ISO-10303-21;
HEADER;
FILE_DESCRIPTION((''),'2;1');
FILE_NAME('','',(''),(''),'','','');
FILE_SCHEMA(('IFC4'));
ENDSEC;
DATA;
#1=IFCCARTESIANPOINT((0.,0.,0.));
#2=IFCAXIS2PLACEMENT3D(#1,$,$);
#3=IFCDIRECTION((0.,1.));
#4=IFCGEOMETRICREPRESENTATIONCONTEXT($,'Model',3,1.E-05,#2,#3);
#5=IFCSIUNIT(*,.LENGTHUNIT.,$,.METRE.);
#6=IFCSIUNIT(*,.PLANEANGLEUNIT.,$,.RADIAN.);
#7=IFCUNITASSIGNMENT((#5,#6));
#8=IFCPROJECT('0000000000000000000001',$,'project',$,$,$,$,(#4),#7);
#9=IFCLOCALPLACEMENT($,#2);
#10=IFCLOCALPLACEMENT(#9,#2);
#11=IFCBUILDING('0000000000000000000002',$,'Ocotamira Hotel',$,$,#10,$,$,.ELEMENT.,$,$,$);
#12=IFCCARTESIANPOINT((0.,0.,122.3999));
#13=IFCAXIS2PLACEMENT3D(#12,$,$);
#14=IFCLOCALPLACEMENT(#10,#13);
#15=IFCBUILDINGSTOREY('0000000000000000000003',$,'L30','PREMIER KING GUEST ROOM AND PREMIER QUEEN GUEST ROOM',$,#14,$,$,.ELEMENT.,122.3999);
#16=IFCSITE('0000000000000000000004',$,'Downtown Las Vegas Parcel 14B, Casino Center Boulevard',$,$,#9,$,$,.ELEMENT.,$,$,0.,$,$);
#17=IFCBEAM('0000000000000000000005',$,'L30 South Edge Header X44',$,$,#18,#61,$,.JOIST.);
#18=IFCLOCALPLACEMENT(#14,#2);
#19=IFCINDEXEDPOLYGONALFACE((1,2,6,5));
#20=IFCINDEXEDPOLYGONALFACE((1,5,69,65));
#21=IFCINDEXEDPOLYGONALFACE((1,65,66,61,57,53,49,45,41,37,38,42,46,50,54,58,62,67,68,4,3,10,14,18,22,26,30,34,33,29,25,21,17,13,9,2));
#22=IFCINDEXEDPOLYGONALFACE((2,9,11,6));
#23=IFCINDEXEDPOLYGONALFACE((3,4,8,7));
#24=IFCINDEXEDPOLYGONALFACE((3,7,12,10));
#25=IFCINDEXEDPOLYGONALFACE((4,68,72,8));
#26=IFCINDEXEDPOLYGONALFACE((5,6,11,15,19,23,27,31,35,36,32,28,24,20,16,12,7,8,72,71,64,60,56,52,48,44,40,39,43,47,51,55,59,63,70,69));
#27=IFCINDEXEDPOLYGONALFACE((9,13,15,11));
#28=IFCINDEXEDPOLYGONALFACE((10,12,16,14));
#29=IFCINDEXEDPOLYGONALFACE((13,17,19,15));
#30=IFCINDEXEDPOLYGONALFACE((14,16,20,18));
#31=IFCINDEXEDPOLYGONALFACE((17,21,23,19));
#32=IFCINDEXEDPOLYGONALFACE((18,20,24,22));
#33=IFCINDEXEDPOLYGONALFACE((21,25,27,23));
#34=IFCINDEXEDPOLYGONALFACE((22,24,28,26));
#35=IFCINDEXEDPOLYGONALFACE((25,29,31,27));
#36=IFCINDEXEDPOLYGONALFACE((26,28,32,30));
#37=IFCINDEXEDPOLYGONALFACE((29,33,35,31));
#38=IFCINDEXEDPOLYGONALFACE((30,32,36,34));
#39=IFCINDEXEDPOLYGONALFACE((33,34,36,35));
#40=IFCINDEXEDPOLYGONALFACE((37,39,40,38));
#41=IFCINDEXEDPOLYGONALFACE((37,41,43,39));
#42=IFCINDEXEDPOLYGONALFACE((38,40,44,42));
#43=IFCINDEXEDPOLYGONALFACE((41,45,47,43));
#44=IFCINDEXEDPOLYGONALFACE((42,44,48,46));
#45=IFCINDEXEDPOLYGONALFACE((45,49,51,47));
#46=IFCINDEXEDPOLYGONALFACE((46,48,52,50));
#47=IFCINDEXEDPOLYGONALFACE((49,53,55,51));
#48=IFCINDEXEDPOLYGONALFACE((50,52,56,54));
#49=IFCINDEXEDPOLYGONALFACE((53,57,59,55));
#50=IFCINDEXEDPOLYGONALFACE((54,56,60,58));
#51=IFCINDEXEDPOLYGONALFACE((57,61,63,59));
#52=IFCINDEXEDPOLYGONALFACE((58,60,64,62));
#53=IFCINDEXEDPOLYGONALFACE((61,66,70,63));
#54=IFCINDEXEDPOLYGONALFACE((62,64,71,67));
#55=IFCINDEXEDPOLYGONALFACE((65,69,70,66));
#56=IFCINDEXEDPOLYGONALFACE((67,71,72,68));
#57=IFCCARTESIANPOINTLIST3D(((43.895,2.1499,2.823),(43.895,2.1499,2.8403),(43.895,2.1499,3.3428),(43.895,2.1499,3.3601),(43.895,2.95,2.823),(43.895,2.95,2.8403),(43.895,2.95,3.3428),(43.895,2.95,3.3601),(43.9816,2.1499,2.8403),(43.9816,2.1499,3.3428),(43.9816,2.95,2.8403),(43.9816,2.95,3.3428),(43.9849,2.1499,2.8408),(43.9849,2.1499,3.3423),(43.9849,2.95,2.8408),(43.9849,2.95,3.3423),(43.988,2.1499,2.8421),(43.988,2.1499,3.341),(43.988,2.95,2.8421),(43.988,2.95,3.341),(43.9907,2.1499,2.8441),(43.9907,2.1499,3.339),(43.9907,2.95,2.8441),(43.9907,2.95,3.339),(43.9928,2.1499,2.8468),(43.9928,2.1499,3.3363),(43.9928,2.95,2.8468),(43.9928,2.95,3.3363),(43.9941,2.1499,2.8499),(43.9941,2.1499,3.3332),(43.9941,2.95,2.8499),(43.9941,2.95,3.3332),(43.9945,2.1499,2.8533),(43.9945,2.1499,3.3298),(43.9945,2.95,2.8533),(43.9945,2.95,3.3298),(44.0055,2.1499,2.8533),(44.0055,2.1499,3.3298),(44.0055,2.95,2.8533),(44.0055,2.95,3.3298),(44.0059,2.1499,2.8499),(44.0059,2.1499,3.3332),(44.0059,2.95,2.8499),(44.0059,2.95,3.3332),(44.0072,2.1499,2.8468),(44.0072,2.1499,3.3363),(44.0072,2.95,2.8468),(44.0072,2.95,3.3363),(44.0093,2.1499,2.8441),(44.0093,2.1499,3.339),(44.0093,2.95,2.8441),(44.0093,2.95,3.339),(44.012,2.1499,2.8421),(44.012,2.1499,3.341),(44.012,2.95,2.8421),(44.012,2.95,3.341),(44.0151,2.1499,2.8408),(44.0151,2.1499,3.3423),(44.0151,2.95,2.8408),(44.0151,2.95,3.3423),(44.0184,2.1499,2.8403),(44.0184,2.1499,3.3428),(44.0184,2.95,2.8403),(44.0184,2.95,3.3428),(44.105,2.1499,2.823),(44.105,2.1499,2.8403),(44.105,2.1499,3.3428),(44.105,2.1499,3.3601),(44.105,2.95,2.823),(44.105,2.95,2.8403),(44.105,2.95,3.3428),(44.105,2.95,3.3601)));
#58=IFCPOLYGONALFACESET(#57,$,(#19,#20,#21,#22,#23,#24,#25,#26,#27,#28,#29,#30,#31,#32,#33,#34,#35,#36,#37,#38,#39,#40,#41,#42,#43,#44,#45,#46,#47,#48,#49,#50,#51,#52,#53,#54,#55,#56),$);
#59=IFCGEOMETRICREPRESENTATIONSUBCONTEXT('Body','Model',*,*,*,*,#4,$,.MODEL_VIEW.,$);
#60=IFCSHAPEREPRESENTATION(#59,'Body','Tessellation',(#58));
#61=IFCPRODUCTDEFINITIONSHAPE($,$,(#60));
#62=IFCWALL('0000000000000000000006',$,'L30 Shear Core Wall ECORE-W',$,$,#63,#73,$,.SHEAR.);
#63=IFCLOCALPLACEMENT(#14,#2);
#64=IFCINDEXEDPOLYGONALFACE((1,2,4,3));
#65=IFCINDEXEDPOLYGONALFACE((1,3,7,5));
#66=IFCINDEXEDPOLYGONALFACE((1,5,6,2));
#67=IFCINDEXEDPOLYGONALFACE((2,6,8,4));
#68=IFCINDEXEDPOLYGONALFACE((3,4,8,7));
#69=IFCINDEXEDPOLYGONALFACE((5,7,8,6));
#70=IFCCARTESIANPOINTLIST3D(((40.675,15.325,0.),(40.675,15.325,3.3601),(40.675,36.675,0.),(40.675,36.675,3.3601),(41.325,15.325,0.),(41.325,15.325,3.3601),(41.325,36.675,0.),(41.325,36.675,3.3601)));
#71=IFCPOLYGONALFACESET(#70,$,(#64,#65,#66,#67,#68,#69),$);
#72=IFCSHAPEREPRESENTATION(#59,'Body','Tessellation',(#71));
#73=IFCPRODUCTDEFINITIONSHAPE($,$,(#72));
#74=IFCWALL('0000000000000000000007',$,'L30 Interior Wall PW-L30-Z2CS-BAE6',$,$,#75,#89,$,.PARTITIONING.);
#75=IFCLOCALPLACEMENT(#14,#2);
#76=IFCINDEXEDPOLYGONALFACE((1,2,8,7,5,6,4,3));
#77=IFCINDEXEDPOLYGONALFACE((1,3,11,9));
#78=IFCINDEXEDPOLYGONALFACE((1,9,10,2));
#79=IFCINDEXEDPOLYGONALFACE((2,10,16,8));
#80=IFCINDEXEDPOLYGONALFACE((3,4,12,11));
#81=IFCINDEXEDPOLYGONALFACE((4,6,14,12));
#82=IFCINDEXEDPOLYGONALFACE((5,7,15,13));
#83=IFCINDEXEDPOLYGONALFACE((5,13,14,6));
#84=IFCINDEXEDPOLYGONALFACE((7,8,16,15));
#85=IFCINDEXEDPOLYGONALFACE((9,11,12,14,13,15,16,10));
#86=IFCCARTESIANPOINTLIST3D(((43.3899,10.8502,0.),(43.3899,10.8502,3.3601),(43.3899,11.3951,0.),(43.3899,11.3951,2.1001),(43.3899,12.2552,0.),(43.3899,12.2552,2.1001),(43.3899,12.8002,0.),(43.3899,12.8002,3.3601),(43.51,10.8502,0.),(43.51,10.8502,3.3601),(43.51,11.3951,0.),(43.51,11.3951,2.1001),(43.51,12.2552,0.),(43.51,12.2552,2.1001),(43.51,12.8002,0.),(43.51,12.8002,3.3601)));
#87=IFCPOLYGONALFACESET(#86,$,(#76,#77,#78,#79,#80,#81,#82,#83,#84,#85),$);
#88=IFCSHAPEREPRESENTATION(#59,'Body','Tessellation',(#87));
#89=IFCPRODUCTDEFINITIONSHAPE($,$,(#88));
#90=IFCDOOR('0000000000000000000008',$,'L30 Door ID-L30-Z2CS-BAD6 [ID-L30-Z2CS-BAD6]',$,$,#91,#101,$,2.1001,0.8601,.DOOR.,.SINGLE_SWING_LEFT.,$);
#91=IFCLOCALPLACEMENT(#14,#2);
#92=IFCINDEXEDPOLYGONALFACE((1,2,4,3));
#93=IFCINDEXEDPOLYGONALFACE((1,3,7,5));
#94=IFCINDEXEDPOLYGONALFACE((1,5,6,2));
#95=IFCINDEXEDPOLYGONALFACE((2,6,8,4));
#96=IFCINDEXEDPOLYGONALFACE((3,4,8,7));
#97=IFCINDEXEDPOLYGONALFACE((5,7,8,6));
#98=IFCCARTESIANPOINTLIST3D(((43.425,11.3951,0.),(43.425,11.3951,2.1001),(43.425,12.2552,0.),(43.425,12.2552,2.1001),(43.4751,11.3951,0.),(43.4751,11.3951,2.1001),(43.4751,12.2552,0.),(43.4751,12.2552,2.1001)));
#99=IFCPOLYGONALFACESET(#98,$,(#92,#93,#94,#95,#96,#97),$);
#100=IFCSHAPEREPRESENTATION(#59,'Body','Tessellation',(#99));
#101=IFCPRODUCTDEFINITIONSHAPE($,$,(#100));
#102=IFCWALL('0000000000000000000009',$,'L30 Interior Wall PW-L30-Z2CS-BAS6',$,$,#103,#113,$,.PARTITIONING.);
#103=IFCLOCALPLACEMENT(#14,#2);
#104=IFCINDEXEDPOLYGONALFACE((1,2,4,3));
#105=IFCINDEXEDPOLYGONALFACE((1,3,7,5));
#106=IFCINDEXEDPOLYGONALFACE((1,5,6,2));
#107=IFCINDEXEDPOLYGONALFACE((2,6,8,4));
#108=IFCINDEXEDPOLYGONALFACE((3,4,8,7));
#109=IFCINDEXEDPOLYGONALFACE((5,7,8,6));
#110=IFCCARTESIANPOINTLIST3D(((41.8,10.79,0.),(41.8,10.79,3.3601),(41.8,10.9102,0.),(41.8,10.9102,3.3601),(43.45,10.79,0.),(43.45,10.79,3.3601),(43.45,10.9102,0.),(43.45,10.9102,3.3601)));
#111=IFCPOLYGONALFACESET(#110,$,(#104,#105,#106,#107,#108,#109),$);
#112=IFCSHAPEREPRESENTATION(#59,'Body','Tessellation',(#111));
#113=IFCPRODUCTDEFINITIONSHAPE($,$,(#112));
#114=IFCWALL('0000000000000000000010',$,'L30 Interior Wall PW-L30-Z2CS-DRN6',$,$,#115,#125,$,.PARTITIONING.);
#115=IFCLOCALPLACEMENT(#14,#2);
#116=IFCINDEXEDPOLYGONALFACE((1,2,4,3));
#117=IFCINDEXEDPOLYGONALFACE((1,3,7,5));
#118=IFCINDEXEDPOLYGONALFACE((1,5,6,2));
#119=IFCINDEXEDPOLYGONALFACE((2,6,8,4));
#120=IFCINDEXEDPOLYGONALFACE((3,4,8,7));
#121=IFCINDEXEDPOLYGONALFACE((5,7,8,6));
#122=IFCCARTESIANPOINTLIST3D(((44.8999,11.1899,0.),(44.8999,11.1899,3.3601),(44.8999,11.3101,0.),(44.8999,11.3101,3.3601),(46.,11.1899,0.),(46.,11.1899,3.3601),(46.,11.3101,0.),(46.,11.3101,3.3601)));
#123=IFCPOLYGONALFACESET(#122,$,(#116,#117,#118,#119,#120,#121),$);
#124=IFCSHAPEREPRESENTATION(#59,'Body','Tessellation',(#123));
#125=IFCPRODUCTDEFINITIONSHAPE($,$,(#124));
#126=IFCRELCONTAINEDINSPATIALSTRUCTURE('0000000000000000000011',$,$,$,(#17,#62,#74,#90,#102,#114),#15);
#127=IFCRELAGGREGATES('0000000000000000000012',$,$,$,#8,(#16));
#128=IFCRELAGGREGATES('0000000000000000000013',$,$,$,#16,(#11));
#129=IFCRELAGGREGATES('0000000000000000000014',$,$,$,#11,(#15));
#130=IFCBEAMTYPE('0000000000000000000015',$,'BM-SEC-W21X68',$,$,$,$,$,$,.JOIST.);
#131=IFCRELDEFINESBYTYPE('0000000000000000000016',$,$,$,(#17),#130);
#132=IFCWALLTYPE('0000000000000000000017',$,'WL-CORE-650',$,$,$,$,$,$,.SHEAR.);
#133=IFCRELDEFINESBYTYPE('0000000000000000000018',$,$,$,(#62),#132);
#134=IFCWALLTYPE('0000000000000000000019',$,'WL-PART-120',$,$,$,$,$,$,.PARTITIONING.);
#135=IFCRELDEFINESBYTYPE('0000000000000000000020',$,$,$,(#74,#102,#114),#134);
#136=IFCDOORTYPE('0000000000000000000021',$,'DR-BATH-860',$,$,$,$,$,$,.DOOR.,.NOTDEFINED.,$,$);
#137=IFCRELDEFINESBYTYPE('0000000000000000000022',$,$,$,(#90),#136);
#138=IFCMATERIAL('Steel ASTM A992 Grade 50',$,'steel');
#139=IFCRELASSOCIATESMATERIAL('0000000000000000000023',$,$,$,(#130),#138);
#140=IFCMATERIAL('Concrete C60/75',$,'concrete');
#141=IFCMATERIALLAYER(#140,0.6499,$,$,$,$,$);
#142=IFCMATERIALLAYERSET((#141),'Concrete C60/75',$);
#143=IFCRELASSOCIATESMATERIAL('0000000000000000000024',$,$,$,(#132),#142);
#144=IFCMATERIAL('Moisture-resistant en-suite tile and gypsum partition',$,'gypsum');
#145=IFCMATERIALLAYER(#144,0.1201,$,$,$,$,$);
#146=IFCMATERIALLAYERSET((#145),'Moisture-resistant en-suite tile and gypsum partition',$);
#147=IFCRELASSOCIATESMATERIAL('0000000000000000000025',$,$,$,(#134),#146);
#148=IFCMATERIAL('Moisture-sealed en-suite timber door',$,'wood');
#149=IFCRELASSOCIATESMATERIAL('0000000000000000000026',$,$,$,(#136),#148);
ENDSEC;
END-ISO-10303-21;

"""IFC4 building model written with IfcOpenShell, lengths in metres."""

from ifc_helpers import new_model, si_unit, direction, frame, frame_2d, origin, origin_2d, place, context, subcontext, project, spatial, rectangle, i_section, extrude, source, transform, mapped, material, layer, layer_set, material_profile, profile_set, type_object, element, fill, save


model = new_model("IFC4")

# Units and contexts
model_context = context("Model", 3, precision=1e-05, world=origin(), true_north=direction((0.0, 1.0)))
body_context = subcontext(model_context, "Body", "Model", "MODEL_VIEW")
ifc_project = project(units=[si_unit("LENGTHUNIT", "METRE"), si_unit("PLANEANGLEUNIT", "RADIAN")], contexts=[model_context])

# Site, building, storey
site_placement = place(None, origin())
site = spatial("IfcSite", under=ifc_project, at=site_placement, Name="Downtown Las Vegas Parcel 14B, Casino Center Boulevard", CompositionType="ELEMENT", RefElevation=0.0)
building_placement = place(site_placement, origin())
building = spatial("IfcBuilding", under=site, at=building_placement, Name="Ocotamira Hotel", CompositionType="ELEMENT")
storey_placement = place(building_placement, frame((0.0, 0.0, 122.3999)))
storey = spatial("IfcBuildingStorey", under=building, at=storey_placement, Name="L30", Description="PREMIER KING GUEST ROOM AND PREMIER QUEEN GUEST ROOM", CompositionType="ELEMENT", Elevation=122.3999)

# Beam
ifc_material_1 = material(Name="Steel ASTM A992 Grade 50", Category="steel")
ifc_material_profile_1 = material_profile(ifc_material_1, i_section(OverallWidth=0.21, OverallDepth=0.5371, WebThickness=0.011, FlangeThickness=0.0173, FilletRadius=0.0129, at=origin_2d()), Name="W21X68")
ifc_profile_set_1 = profile_set([ifc_material_profile_1], Name="Steel ASTM A992 Grade 50")
beam_type_1 = type_object("IfcBeamType", Name="BM-SEC-W21X68", PredefinedType="JOIST", material=ifc_profile_set_1)
shared_shape_1 = source(origin(), body_context, "Body", "SweptSolid", [
    extrude(i_section(OverallWidth=0.21, OverallDepth=0.5371, WebThickness=0.011, FlangeThickness=0.0173, FilletRadius=0.0129, at=origin_2d()), origin(), (0.0, 0.0, 1.0), 0.8),
])
beam_1_placement = place(storey_placement, frame((44.0, 2.95, 3.0916), z_axis=(0.0, -1.0, 0.0), x_axis=(1.0, 0.0, 0.0)))
element("IfcBeam", 1, at=beam_1_placement, inside=storey, type_object=beam_type_1, Name="L30 South Edge Header X44", PredefinedType="JOIST", context=body_context, shape_type="MappedRepresentation", body=[
    mapped(shared_shape_1, transform((0.0, 0.0, 0.0), scale=1.0)),
])

# Shared definitions
ifc_material_2 = material(Name="Concrete C60/75", Category="concrete")
ifc_layer_1 = layer(ifc_material_2, 0.6499)
ifc_layer_set_1 = layer_set([ifc_layer_1], Name="Concrete C60/75")
wall_type_1 = type_object("IfcWallType", Name="WL-CORE-650", PredefinedType="SHEAR", material=ifc_layer_set_1)

# Wall
wall_1_placement = place(storey_placement, frame((41.0, 15.325, 0.0), z_axis=(0.0, 0.0, 1.0), x_axis=(0.0, 1.0, 0.0)))
element("IfcWall", 2, at=wall_1_placement, inside=storey, type_object=wall_type_1, Name="L30 Shear Core Wall ECORE-W", PredefinedType="SHEAR", context=body_context, shape_type="SweptSolid", body=[
    extrude(rectangle(XDim=21.3501, YDim=0.6499, at=frame_2d((10.675, 0.0))), origin(), (0.0, 0.0, 1.0), 3.3601),
])

# Wall, opening, door
ifc_material_3 = material(Name="Moisture-resistant en-suite tile and gypsum partition", Category="gypsum")
ifc_layer_2 = layer(ifc_material_3, 0.1201)
ifc_layer_set_2 = layer_set([ifc_layer_2], Name="Moisture-resistant en-suite tile and gypsum partition")
wall_type_2 = type_object("IfcWallType", Name="WL-PART-120", PredefinedType="PARTITIONING", material=ifc_layer_set_2)
wall_2_placement = place(storey_placement, frame((43.45, 10.8501, 0.0), z_axis=(0.0, 0.0, 1.0), x_axis=(0.0, 1.0, 0.0)))
wall_2 = element("IfcWall", 3, at=wall_2_placement, inside=storey, type_object=wall_type_2, Name="L30 Interior Wall PW-L30-Z2CS-BAE6", PredefinedType="PARTITIONING", context=body_context, shape_type="SweptSolid", body=[
    extrude(rectangle(XDim=1.95, YDim=0.1201, at=frame_2d((0.9751, 0.0))), origin(), (0.0, 0.0, 1.0), 3.3601),
])
opening_1_placement = place(wall_2_placement, frame((0.5449, 0.0, 0.0)))
opening_1 = element("IfcOpeningElement", 4, at=opening_1_placement, cuts=wall_2, PredefinedType="OPENING", context=body_context, shape_type="SweptSolid", body=[
    extrude(rectangle(XDim=0.8601, YDim=2.1001, at=frame_2d((0.4302, 1.05))), frame((0.0, 0.0701, 0.0), z_axis=(0.0, -1.0, 0.0), x_axis=(1.0, 0.0, 0.0)), (0.0, 0.0, 1.0), 0.1401),
])
ifc_material_4 = material(Name="Moisture-sealed en-suite timber door", Category="wood")
door_type_1 = type_object("IfcDoorType", Name="DR-BATH-860", OperationType="NOTDEFINED", PredefinedType="DOOR", material=ifc_material_4)
shared_shape_2 = source(origin(), body_context, "Body", "SweptSolid", [
    extrude(rectangle(XDim=0.8601, YDim=2.1001, at=frame_2d((0.4302, 1.05))), frame((0.0, 0.0249, 0.0), z_axis=(0.0, -1.0, 0.0), x_axis=(1.0, 0.0, 0.0)), (0.0, 0.0, 1.0), 0.05),
])
door_1_placement = place(opening_1_placement, origin())
door_1 = element("IfcDoor", 5, at=door_1_placement, inside=storey, type_object=door_type_1, Name="L30 Door ID-L30-Z2CS-BAD6 [ID-L30-Z2CS-BAD6]", OperationType="SINGLE_SWING_LEFT", OverallHeight=2.1001, OverallWidth=0.8601, PredefinedType="DOOR", context=body_context, shape_type="MappedRepresentation", body=[
    mapped(shared_shape_2, transform((0.0, 0.0, 0.0), scale=1.0)),
])
fill(opening_1, door_1)

# Walls
wall_3_placement = place(storey_placement, frame((41.8, 10.8501, 0.0), z_axis=(0.0, 0.0, 1.0), x_axis=(1.0, 0.0, 0.0)))
element("IfcWall", 6, at=wall_3_placement, inside=storey, type_object=wall_type_2, Name="L30 Interior Wall PW-L30-Z2CS-BAS6", PredefinedType="PARTITIONING", context=body_context, shape_type="SweptSolid", body=[
    extrude(rectangle(XDim=1.6499, YDim=0.1201, at=frame_2d((0.825, 0.0))), origin(), (0.0, 0.0, 1.0), 3.3601),
])
wall_4_placement = place(storey_placement, frame((44.8999, 11.25, 0.0), z_axis=(0.0, 0.0, 1.0), x_axis=(1.0, 0.0, 0.0)))
element("IfcWall", 7, at=wall_4_placement, inside=storey, type_object=wall_type_2, Name="L30 Interior Wall PW-L30-Z2CS-DRN6", PredefinedType="PARTITIONING", context=body_context, shape_type="SweptSolid", body=[
    extrude(rectangle(XDim=1.1001, YDim=0.1201, at=frame_2d((0.55, 0.0))), origin(), (0.0, 0.0, 1.0), 3.3601),
])

save(model, "model.ifc")
